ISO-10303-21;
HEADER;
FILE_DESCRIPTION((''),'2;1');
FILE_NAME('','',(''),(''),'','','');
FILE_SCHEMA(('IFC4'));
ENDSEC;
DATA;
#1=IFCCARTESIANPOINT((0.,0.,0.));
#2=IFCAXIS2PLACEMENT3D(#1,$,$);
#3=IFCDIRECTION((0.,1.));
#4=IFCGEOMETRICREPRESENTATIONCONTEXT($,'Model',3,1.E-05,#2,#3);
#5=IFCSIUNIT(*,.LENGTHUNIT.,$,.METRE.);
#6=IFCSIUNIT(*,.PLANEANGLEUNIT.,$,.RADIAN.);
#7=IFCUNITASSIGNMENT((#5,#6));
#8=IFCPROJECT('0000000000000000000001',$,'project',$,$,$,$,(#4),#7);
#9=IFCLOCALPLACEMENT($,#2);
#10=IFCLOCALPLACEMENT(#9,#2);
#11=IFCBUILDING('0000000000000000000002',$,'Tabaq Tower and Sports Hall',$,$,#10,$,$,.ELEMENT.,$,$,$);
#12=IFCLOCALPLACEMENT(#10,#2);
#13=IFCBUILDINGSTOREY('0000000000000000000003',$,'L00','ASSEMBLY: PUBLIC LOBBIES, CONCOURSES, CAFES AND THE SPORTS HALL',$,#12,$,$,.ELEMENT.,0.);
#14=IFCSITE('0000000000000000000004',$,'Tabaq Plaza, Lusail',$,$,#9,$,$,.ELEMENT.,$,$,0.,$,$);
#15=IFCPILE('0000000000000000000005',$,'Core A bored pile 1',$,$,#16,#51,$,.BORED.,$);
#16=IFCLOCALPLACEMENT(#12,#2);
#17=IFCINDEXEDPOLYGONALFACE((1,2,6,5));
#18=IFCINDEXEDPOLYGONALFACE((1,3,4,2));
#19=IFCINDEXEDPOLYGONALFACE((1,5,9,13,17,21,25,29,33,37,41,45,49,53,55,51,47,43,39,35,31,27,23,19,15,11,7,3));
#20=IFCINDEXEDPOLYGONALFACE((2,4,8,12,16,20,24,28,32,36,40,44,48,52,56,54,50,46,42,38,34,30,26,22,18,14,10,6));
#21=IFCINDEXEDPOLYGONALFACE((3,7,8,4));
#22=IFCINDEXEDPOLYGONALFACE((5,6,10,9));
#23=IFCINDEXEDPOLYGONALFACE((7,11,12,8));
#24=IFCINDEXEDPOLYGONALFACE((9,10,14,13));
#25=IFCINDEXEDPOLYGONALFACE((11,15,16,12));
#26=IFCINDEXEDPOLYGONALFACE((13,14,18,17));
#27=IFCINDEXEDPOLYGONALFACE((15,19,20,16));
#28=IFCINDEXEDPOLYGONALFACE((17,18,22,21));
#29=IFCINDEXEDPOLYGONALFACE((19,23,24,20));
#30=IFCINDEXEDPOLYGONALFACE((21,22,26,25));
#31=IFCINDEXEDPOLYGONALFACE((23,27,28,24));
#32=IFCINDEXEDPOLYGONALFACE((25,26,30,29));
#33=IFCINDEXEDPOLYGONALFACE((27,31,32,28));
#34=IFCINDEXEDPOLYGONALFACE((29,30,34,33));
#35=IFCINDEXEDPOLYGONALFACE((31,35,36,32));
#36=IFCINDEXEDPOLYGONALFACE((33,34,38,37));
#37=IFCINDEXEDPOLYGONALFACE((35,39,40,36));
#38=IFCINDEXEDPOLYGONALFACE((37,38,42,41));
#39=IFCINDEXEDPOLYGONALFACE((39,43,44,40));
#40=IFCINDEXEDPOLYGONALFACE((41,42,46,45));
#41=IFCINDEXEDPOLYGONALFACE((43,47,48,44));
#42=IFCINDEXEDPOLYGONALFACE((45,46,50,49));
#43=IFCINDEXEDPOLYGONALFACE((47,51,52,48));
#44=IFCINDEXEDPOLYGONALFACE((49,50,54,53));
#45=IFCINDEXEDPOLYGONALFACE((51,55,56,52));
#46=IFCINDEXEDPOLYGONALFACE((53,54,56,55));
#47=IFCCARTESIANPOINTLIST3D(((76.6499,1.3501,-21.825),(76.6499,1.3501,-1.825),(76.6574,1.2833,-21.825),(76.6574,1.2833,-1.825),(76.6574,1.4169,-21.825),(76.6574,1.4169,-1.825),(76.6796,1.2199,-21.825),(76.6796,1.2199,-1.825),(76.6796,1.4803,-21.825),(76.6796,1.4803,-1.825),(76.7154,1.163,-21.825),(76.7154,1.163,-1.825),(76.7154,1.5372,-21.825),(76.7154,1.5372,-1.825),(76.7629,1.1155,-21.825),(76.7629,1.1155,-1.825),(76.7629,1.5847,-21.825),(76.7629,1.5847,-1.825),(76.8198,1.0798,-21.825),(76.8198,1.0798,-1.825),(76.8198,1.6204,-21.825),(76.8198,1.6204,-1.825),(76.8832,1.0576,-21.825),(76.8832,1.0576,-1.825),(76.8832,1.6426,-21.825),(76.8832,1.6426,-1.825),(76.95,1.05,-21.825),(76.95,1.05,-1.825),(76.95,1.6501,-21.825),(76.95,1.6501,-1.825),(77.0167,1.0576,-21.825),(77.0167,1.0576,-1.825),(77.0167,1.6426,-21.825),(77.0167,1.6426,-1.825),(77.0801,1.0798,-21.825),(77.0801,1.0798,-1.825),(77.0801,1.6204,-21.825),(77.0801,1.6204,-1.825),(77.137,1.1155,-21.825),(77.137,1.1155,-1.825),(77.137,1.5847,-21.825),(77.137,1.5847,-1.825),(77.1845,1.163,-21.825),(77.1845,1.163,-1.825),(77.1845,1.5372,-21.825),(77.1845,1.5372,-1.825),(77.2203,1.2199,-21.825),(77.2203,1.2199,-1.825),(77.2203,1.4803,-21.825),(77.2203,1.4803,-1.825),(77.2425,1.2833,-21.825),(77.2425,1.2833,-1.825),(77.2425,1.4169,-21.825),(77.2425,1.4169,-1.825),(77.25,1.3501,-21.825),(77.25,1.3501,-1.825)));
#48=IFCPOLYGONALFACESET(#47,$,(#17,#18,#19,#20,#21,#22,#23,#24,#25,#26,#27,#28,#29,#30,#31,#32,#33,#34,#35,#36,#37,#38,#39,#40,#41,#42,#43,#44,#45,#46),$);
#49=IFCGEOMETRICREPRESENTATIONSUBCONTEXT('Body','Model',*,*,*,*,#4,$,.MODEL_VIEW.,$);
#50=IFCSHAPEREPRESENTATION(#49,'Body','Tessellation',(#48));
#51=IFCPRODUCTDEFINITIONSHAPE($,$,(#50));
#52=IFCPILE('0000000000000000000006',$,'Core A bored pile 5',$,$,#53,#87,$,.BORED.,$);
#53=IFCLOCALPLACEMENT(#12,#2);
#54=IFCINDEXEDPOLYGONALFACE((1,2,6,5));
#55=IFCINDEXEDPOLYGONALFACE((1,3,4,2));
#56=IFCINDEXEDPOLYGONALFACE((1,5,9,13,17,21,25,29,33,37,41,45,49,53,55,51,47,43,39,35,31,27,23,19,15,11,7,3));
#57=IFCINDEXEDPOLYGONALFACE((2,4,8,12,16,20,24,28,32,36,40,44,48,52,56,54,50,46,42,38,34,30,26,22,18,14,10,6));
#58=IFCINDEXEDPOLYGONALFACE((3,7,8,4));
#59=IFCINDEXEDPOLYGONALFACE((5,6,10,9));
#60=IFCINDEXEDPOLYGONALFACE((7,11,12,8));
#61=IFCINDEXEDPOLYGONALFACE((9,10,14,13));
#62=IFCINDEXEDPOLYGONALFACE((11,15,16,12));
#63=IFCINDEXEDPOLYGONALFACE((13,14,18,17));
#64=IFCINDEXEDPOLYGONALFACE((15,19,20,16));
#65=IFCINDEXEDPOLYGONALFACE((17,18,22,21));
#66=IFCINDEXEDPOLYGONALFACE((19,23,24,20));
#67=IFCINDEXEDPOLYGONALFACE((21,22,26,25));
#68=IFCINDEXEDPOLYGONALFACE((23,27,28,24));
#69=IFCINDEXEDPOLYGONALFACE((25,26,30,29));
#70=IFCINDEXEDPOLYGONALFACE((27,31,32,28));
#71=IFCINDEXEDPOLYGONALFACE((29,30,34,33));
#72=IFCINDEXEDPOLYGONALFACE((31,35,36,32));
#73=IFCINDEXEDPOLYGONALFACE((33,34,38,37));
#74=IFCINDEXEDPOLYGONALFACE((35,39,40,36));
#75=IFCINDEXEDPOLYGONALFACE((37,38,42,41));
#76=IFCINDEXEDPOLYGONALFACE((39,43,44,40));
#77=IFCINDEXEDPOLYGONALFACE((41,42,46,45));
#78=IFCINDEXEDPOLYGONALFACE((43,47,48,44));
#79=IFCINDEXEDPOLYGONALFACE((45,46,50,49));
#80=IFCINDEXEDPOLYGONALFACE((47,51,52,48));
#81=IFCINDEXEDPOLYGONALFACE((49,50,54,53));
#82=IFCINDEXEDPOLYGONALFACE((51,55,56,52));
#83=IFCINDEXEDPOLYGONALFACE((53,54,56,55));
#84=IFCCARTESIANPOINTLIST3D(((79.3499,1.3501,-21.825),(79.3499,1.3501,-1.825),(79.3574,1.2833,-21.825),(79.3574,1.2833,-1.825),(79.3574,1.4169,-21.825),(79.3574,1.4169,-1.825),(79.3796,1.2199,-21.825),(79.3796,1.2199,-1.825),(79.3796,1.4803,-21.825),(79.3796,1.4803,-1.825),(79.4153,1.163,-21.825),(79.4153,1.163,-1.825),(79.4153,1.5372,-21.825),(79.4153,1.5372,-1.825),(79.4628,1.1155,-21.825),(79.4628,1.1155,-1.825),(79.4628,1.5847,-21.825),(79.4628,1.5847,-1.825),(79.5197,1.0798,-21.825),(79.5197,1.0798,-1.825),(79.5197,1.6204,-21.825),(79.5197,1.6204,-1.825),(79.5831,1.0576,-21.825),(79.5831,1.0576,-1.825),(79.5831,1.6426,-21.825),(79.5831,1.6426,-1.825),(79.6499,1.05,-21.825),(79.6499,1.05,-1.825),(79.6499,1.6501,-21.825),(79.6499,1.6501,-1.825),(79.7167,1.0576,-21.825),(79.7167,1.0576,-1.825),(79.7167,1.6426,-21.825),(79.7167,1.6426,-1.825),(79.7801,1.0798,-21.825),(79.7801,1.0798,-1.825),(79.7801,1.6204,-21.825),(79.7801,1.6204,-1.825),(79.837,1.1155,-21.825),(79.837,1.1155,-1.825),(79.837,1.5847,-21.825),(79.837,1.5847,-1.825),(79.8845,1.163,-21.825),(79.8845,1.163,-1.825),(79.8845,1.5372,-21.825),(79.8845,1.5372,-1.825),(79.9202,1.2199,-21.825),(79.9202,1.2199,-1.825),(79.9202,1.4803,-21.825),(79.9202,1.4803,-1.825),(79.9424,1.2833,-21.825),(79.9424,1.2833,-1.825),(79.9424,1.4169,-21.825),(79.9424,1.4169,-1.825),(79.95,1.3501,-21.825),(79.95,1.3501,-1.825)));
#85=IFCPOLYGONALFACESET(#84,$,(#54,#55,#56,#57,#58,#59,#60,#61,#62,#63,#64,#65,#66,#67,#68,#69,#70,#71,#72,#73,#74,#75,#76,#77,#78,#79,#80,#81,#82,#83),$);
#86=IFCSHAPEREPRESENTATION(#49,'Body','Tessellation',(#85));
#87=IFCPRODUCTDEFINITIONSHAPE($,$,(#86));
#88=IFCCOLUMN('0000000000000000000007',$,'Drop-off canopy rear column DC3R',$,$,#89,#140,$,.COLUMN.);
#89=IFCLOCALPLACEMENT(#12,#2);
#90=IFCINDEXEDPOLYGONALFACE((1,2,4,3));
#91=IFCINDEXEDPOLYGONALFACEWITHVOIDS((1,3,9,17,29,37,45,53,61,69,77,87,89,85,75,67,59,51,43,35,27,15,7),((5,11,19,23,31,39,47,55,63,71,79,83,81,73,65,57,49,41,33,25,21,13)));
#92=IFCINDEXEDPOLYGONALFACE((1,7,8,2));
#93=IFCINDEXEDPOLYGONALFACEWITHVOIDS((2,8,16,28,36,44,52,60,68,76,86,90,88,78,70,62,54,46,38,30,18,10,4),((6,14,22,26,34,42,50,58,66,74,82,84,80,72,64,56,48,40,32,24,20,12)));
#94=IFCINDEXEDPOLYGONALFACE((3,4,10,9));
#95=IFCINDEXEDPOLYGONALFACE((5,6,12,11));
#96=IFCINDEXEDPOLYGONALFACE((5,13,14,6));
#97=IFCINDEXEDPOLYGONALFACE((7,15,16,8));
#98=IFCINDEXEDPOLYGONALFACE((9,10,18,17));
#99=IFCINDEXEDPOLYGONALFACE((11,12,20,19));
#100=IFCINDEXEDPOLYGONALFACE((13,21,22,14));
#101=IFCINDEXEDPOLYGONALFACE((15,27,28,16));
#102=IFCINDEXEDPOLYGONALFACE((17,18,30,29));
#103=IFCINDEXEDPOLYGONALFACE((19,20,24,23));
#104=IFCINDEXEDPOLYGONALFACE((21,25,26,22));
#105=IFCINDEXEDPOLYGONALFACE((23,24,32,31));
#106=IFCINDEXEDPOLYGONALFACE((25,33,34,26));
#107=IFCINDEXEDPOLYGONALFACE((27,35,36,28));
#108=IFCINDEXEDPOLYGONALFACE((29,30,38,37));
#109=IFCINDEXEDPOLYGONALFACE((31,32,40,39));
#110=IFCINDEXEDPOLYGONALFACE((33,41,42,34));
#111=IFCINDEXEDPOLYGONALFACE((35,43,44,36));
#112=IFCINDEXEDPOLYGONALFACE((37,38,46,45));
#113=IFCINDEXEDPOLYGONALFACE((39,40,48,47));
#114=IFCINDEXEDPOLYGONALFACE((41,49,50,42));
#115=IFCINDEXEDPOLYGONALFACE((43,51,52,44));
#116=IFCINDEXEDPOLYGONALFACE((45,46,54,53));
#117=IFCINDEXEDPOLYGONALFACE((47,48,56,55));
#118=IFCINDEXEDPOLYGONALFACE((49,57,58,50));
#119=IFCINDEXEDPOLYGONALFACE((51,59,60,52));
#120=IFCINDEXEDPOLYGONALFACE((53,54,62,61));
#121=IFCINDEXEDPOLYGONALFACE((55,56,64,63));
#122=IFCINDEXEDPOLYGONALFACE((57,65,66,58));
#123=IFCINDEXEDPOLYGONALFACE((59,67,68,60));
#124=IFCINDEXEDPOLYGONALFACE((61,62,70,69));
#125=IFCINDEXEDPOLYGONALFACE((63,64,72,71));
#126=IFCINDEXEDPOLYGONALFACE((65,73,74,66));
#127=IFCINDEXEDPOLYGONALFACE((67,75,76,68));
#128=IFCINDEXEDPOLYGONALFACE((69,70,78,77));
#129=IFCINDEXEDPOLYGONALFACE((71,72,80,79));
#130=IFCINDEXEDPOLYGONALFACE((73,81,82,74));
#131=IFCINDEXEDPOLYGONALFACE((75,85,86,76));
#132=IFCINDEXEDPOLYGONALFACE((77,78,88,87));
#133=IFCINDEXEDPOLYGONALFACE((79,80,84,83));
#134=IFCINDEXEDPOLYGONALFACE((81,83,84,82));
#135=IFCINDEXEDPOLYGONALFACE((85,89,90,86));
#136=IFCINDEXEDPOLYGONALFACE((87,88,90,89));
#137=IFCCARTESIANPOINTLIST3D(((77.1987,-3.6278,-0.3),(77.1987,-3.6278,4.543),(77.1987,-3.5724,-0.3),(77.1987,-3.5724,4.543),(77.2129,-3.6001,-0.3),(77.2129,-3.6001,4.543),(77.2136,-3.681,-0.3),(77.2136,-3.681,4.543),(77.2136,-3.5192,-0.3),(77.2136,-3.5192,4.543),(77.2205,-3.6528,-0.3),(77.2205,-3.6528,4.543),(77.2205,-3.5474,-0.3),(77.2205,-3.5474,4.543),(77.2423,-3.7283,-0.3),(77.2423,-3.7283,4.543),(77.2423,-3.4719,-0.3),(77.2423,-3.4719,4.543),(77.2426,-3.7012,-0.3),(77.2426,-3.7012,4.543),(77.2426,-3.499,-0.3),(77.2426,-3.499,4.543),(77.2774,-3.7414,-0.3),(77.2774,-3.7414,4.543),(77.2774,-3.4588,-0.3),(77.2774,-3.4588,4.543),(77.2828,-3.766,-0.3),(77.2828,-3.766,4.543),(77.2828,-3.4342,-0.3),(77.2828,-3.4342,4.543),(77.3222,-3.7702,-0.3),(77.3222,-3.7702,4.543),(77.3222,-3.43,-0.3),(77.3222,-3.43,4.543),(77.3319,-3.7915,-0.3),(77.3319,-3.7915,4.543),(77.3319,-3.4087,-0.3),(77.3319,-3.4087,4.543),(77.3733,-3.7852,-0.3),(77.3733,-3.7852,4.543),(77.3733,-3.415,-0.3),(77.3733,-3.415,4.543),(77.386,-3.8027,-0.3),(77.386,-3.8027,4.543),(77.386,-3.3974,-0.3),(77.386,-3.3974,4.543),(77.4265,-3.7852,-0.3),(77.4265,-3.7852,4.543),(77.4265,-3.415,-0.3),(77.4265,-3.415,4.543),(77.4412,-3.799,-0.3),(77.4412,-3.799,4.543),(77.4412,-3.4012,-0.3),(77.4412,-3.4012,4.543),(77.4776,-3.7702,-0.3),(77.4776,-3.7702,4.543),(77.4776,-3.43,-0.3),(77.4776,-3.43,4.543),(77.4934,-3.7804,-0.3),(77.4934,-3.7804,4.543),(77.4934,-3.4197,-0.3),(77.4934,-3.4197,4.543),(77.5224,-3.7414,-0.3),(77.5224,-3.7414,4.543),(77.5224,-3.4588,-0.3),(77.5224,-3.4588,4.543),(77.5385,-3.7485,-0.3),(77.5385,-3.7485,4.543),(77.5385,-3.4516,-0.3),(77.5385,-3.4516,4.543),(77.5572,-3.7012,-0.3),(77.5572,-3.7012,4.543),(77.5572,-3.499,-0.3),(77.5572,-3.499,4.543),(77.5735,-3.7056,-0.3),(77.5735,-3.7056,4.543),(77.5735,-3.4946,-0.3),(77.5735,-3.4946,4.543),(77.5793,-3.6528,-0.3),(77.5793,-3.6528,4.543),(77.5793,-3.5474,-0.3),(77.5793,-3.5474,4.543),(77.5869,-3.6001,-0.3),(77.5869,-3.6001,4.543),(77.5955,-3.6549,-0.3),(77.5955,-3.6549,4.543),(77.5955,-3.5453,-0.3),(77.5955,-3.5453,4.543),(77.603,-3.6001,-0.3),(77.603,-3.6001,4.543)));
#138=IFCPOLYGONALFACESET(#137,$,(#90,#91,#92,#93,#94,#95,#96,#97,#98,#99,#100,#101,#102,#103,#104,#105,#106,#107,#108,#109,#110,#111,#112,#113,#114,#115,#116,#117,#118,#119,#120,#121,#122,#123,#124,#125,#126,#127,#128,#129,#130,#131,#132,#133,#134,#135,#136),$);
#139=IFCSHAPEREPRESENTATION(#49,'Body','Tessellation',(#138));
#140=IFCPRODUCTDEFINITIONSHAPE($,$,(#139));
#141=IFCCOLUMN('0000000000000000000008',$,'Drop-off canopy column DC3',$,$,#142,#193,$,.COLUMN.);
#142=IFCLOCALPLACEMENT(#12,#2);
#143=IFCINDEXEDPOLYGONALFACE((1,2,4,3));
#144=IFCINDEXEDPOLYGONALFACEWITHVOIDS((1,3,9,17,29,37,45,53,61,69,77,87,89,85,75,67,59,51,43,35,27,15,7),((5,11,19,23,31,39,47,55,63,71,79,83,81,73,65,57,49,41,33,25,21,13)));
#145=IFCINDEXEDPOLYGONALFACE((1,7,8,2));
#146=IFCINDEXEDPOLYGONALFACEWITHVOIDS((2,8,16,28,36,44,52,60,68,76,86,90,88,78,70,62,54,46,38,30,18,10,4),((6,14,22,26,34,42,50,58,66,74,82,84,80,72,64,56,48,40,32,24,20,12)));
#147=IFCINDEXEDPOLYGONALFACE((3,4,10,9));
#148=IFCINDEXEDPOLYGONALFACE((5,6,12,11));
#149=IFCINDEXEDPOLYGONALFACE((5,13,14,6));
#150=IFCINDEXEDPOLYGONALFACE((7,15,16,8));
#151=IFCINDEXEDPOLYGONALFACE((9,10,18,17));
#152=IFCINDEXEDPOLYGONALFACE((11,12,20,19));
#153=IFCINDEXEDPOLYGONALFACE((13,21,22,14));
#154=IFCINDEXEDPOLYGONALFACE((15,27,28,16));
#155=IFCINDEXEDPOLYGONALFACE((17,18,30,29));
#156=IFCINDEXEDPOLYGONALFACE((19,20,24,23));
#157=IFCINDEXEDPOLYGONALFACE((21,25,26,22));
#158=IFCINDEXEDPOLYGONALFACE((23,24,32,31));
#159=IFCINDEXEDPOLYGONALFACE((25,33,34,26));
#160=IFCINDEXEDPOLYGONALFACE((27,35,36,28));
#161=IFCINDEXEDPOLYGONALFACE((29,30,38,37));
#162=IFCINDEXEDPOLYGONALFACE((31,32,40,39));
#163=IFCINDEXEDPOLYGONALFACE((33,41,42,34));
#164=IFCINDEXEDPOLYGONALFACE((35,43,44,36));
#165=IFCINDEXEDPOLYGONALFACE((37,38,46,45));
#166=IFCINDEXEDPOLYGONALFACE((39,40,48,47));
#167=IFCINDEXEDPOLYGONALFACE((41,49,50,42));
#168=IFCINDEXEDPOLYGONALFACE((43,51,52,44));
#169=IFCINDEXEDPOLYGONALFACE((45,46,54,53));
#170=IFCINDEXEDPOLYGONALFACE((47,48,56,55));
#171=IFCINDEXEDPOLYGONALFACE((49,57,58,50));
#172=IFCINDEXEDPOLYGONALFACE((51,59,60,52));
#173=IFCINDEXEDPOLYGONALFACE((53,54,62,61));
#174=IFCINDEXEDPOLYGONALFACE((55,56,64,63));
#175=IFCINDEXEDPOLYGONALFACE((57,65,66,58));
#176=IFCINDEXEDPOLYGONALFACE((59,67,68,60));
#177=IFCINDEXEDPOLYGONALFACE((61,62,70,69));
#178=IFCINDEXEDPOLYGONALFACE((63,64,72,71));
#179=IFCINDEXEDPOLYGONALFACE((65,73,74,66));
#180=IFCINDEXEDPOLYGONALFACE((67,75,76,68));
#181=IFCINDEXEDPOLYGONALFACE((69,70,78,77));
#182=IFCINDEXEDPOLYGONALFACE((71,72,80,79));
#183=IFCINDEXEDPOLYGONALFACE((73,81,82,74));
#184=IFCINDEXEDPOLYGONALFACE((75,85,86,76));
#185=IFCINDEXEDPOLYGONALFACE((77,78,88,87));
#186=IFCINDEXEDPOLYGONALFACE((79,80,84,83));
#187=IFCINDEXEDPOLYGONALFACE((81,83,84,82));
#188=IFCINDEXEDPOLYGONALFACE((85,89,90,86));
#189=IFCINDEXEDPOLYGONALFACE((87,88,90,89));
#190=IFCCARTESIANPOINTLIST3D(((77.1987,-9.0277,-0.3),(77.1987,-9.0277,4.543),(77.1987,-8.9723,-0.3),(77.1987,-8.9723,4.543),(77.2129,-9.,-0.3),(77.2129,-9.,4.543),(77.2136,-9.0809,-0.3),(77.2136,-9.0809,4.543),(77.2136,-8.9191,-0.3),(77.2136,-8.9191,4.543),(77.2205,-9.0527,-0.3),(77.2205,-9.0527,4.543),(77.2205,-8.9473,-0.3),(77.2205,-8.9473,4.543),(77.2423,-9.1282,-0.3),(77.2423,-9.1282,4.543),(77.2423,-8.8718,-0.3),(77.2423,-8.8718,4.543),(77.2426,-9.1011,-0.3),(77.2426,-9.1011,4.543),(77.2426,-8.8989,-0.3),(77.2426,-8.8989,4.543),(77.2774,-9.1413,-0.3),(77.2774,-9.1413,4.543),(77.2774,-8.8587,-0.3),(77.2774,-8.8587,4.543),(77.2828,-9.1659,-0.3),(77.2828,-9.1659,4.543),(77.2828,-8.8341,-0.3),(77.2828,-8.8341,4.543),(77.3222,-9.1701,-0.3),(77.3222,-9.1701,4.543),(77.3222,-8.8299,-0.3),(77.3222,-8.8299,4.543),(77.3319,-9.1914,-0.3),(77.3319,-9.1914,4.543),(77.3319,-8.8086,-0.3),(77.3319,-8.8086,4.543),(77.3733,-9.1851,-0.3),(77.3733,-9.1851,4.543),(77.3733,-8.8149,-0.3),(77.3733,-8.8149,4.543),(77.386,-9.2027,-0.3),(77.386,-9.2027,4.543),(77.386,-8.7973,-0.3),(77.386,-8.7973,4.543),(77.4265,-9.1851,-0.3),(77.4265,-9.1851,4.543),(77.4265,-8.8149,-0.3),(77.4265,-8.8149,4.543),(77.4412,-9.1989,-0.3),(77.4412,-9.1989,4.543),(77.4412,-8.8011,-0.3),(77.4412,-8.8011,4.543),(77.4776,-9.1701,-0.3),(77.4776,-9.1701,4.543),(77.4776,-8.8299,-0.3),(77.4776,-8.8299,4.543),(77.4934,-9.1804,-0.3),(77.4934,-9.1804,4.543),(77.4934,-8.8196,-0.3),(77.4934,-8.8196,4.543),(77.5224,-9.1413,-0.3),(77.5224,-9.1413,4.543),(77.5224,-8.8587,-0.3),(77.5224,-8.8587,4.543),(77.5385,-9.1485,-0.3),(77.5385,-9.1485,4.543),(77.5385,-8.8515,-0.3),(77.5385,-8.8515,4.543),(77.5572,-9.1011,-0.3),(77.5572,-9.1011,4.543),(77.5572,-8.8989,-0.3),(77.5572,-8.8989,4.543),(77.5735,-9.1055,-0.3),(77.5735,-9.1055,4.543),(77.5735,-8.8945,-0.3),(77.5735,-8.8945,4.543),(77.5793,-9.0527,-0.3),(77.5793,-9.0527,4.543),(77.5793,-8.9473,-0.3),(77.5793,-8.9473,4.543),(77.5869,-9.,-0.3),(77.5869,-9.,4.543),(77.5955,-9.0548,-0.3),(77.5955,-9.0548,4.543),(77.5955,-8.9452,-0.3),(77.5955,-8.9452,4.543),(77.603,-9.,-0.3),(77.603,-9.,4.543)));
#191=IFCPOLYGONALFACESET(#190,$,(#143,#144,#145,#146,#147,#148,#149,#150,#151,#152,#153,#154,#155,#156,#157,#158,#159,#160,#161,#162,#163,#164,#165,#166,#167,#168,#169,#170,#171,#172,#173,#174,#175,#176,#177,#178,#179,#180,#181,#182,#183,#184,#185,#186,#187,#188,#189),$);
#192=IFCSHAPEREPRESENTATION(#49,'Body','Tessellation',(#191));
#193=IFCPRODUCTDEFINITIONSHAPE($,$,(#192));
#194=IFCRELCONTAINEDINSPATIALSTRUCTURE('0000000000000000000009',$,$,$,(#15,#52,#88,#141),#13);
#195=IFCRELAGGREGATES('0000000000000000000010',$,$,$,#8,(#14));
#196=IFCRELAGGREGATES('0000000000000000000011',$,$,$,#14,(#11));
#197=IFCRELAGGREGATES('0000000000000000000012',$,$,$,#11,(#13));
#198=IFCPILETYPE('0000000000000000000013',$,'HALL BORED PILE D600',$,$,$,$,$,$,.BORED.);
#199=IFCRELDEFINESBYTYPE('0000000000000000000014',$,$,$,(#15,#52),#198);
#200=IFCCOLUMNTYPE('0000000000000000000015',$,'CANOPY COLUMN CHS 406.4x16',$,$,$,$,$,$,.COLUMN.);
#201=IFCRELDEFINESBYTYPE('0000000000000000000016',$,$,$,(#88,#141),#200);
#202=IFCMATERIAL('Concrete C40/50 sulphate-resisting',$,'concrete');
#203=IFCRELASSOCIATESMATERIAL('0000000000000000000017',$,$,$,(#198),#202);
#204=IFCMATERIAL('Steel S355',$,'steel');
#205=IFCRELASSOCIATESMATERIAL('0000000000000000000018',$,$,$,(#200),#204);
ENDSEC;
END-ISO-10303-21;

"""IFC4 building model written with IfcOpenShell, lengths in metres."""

from ifc_helpers import new_model, si_unit, direction, frame, origin, origin_2d, place, context, subcontext, project, spatial, circle, hollow_circle, extrude, material, material_profile, profile_set, type_object, element, save


model = new_model("IFC4")

# Units and contexts
model_context = context("Model", 3, precision=1e-05, world=origin(), true_north=direction((0.0, 1.0)))
body_context = subcontext(model_context, "Body", "Model", "MODEL_VIEW")
ifc_project = project(units=[si_unit("LENGTHUNIT", "METRE"), si_unit("PLANEANGLEUNIT", "RADIAN")], contexts=[model_context])

# Site, building, storey
site_placement = place(None, origin())
site = spatial("IfcSite", under=ifc_project, at=site_placement, Name="Tabaq Plaza, Lusail", CompositionType="ELEMENT", RefElevation=0.0)
building_placement = place(site_placement, origin())
building = spatial("IfcBuilding", under=site, at=building_placement, Name="Tabaq Tower and Sports Hall", CompositionType="ELEMENT")
storey_placement = place(building_placement, origin())
storey = spatial("IfcBuildingStorey", under=building, at=storey_placement, Name="L00", Description="ASSEMBLY: PUBLIC LOBBIES, CONCOURSES, CAFES AND THE SPORTS HALL", CompositionType="ELEMENT", Elevation=0.0)

# Piles
ifc_material_1 = material(Name="Concrete C40/50 sulphate-resisting", Category="concrete")
ifc_material_profile_1 = material_profile(ifc_material_1, circle(Radius=0.3, at=origin_2d()), Name="D600")
ifc_profile_set_1 = profile_set([ifc_material_profile_1], Name="Concrete C40/50 sulphate-resisting")
pile_type_1 = type_object("IfcPileType", Name="HALL BORED PILE D600", PredefinedType="BORED", material=ifc_profile_set_1)
for number, where, z_axis, x_axis, name in (
    (1, (76.95, 1.3501, -1.825), (0.0, 0.0, -1.0), (1.0, 0.0, 0.0), "Core A bored pile 1"),
    (2, (79.6499, 1.3501, -1.825), (0.0, 0.0, -1.0), (1.0, 0.0, 0.0), "Core A bored pile 5"),
):
    element("IfcPile", number, at=place(storey_placement, frame(where, z_axis=z_axis, x_axis=x_axis)), inside=storey, type_object=pile_type_1, Name=name, PredefinedType="BORED", context=body_context, shape_type="SweptSolid", body=[
        extrude(circle(Radius=0.3, at=origin_2d()), origin(), (0.0, 0.0, 1.0), 20.0),
    ])

# Columns
ifc_material_2 = material(Name="Steel S355", Category="steel")
ifc_material_profile_2 = material_profile(ifc_material_2, hollow_circle(Radius=0.2031, WallThickness=0.0161, at=origin_2d()), Name="CHS 406.4x16")
ifc_profile_set_2 = profile_set([ifc_material_profile_2], Name="Steel S355")
column_type_1 = type_object("IfcColumnType", Name="CANOPY COLUMN CHS 406.4x16", PredefinedType="COLUMN", material=ifc_profile_set_2)
for number, where, z_axis, x_axis, name in (
    (3, (77.3999, -3.6001, -0.3), (0.0, 0.0, 1.0), (1.0, 0.0, 0.0), "Drop-off canopy rear column DC3R"),
    (4, (77.3999, -9.0, -0.3), (0.0, 0.0, 1.0), (1.0, 0.0, 0.0), "Drop-off canopy column DC3"),
):
    element("IfcColumn", number, at=place(storey_placement, frame(where, z_axis=z_axis, x_axis=x_axis)), inside=storey, type_object=column_type_1, Name=name, PredefinedType="COLUMN", context=body_context, shape_type="SweptSolid", body=[
        extrude(hollow_circle(Radius=0.2031, WallThickness=0.0161, at=origin_2d()), origin(), (0.0, 0.0, 1.0), 4.843),
    ])

save(model, "model.ifc")
